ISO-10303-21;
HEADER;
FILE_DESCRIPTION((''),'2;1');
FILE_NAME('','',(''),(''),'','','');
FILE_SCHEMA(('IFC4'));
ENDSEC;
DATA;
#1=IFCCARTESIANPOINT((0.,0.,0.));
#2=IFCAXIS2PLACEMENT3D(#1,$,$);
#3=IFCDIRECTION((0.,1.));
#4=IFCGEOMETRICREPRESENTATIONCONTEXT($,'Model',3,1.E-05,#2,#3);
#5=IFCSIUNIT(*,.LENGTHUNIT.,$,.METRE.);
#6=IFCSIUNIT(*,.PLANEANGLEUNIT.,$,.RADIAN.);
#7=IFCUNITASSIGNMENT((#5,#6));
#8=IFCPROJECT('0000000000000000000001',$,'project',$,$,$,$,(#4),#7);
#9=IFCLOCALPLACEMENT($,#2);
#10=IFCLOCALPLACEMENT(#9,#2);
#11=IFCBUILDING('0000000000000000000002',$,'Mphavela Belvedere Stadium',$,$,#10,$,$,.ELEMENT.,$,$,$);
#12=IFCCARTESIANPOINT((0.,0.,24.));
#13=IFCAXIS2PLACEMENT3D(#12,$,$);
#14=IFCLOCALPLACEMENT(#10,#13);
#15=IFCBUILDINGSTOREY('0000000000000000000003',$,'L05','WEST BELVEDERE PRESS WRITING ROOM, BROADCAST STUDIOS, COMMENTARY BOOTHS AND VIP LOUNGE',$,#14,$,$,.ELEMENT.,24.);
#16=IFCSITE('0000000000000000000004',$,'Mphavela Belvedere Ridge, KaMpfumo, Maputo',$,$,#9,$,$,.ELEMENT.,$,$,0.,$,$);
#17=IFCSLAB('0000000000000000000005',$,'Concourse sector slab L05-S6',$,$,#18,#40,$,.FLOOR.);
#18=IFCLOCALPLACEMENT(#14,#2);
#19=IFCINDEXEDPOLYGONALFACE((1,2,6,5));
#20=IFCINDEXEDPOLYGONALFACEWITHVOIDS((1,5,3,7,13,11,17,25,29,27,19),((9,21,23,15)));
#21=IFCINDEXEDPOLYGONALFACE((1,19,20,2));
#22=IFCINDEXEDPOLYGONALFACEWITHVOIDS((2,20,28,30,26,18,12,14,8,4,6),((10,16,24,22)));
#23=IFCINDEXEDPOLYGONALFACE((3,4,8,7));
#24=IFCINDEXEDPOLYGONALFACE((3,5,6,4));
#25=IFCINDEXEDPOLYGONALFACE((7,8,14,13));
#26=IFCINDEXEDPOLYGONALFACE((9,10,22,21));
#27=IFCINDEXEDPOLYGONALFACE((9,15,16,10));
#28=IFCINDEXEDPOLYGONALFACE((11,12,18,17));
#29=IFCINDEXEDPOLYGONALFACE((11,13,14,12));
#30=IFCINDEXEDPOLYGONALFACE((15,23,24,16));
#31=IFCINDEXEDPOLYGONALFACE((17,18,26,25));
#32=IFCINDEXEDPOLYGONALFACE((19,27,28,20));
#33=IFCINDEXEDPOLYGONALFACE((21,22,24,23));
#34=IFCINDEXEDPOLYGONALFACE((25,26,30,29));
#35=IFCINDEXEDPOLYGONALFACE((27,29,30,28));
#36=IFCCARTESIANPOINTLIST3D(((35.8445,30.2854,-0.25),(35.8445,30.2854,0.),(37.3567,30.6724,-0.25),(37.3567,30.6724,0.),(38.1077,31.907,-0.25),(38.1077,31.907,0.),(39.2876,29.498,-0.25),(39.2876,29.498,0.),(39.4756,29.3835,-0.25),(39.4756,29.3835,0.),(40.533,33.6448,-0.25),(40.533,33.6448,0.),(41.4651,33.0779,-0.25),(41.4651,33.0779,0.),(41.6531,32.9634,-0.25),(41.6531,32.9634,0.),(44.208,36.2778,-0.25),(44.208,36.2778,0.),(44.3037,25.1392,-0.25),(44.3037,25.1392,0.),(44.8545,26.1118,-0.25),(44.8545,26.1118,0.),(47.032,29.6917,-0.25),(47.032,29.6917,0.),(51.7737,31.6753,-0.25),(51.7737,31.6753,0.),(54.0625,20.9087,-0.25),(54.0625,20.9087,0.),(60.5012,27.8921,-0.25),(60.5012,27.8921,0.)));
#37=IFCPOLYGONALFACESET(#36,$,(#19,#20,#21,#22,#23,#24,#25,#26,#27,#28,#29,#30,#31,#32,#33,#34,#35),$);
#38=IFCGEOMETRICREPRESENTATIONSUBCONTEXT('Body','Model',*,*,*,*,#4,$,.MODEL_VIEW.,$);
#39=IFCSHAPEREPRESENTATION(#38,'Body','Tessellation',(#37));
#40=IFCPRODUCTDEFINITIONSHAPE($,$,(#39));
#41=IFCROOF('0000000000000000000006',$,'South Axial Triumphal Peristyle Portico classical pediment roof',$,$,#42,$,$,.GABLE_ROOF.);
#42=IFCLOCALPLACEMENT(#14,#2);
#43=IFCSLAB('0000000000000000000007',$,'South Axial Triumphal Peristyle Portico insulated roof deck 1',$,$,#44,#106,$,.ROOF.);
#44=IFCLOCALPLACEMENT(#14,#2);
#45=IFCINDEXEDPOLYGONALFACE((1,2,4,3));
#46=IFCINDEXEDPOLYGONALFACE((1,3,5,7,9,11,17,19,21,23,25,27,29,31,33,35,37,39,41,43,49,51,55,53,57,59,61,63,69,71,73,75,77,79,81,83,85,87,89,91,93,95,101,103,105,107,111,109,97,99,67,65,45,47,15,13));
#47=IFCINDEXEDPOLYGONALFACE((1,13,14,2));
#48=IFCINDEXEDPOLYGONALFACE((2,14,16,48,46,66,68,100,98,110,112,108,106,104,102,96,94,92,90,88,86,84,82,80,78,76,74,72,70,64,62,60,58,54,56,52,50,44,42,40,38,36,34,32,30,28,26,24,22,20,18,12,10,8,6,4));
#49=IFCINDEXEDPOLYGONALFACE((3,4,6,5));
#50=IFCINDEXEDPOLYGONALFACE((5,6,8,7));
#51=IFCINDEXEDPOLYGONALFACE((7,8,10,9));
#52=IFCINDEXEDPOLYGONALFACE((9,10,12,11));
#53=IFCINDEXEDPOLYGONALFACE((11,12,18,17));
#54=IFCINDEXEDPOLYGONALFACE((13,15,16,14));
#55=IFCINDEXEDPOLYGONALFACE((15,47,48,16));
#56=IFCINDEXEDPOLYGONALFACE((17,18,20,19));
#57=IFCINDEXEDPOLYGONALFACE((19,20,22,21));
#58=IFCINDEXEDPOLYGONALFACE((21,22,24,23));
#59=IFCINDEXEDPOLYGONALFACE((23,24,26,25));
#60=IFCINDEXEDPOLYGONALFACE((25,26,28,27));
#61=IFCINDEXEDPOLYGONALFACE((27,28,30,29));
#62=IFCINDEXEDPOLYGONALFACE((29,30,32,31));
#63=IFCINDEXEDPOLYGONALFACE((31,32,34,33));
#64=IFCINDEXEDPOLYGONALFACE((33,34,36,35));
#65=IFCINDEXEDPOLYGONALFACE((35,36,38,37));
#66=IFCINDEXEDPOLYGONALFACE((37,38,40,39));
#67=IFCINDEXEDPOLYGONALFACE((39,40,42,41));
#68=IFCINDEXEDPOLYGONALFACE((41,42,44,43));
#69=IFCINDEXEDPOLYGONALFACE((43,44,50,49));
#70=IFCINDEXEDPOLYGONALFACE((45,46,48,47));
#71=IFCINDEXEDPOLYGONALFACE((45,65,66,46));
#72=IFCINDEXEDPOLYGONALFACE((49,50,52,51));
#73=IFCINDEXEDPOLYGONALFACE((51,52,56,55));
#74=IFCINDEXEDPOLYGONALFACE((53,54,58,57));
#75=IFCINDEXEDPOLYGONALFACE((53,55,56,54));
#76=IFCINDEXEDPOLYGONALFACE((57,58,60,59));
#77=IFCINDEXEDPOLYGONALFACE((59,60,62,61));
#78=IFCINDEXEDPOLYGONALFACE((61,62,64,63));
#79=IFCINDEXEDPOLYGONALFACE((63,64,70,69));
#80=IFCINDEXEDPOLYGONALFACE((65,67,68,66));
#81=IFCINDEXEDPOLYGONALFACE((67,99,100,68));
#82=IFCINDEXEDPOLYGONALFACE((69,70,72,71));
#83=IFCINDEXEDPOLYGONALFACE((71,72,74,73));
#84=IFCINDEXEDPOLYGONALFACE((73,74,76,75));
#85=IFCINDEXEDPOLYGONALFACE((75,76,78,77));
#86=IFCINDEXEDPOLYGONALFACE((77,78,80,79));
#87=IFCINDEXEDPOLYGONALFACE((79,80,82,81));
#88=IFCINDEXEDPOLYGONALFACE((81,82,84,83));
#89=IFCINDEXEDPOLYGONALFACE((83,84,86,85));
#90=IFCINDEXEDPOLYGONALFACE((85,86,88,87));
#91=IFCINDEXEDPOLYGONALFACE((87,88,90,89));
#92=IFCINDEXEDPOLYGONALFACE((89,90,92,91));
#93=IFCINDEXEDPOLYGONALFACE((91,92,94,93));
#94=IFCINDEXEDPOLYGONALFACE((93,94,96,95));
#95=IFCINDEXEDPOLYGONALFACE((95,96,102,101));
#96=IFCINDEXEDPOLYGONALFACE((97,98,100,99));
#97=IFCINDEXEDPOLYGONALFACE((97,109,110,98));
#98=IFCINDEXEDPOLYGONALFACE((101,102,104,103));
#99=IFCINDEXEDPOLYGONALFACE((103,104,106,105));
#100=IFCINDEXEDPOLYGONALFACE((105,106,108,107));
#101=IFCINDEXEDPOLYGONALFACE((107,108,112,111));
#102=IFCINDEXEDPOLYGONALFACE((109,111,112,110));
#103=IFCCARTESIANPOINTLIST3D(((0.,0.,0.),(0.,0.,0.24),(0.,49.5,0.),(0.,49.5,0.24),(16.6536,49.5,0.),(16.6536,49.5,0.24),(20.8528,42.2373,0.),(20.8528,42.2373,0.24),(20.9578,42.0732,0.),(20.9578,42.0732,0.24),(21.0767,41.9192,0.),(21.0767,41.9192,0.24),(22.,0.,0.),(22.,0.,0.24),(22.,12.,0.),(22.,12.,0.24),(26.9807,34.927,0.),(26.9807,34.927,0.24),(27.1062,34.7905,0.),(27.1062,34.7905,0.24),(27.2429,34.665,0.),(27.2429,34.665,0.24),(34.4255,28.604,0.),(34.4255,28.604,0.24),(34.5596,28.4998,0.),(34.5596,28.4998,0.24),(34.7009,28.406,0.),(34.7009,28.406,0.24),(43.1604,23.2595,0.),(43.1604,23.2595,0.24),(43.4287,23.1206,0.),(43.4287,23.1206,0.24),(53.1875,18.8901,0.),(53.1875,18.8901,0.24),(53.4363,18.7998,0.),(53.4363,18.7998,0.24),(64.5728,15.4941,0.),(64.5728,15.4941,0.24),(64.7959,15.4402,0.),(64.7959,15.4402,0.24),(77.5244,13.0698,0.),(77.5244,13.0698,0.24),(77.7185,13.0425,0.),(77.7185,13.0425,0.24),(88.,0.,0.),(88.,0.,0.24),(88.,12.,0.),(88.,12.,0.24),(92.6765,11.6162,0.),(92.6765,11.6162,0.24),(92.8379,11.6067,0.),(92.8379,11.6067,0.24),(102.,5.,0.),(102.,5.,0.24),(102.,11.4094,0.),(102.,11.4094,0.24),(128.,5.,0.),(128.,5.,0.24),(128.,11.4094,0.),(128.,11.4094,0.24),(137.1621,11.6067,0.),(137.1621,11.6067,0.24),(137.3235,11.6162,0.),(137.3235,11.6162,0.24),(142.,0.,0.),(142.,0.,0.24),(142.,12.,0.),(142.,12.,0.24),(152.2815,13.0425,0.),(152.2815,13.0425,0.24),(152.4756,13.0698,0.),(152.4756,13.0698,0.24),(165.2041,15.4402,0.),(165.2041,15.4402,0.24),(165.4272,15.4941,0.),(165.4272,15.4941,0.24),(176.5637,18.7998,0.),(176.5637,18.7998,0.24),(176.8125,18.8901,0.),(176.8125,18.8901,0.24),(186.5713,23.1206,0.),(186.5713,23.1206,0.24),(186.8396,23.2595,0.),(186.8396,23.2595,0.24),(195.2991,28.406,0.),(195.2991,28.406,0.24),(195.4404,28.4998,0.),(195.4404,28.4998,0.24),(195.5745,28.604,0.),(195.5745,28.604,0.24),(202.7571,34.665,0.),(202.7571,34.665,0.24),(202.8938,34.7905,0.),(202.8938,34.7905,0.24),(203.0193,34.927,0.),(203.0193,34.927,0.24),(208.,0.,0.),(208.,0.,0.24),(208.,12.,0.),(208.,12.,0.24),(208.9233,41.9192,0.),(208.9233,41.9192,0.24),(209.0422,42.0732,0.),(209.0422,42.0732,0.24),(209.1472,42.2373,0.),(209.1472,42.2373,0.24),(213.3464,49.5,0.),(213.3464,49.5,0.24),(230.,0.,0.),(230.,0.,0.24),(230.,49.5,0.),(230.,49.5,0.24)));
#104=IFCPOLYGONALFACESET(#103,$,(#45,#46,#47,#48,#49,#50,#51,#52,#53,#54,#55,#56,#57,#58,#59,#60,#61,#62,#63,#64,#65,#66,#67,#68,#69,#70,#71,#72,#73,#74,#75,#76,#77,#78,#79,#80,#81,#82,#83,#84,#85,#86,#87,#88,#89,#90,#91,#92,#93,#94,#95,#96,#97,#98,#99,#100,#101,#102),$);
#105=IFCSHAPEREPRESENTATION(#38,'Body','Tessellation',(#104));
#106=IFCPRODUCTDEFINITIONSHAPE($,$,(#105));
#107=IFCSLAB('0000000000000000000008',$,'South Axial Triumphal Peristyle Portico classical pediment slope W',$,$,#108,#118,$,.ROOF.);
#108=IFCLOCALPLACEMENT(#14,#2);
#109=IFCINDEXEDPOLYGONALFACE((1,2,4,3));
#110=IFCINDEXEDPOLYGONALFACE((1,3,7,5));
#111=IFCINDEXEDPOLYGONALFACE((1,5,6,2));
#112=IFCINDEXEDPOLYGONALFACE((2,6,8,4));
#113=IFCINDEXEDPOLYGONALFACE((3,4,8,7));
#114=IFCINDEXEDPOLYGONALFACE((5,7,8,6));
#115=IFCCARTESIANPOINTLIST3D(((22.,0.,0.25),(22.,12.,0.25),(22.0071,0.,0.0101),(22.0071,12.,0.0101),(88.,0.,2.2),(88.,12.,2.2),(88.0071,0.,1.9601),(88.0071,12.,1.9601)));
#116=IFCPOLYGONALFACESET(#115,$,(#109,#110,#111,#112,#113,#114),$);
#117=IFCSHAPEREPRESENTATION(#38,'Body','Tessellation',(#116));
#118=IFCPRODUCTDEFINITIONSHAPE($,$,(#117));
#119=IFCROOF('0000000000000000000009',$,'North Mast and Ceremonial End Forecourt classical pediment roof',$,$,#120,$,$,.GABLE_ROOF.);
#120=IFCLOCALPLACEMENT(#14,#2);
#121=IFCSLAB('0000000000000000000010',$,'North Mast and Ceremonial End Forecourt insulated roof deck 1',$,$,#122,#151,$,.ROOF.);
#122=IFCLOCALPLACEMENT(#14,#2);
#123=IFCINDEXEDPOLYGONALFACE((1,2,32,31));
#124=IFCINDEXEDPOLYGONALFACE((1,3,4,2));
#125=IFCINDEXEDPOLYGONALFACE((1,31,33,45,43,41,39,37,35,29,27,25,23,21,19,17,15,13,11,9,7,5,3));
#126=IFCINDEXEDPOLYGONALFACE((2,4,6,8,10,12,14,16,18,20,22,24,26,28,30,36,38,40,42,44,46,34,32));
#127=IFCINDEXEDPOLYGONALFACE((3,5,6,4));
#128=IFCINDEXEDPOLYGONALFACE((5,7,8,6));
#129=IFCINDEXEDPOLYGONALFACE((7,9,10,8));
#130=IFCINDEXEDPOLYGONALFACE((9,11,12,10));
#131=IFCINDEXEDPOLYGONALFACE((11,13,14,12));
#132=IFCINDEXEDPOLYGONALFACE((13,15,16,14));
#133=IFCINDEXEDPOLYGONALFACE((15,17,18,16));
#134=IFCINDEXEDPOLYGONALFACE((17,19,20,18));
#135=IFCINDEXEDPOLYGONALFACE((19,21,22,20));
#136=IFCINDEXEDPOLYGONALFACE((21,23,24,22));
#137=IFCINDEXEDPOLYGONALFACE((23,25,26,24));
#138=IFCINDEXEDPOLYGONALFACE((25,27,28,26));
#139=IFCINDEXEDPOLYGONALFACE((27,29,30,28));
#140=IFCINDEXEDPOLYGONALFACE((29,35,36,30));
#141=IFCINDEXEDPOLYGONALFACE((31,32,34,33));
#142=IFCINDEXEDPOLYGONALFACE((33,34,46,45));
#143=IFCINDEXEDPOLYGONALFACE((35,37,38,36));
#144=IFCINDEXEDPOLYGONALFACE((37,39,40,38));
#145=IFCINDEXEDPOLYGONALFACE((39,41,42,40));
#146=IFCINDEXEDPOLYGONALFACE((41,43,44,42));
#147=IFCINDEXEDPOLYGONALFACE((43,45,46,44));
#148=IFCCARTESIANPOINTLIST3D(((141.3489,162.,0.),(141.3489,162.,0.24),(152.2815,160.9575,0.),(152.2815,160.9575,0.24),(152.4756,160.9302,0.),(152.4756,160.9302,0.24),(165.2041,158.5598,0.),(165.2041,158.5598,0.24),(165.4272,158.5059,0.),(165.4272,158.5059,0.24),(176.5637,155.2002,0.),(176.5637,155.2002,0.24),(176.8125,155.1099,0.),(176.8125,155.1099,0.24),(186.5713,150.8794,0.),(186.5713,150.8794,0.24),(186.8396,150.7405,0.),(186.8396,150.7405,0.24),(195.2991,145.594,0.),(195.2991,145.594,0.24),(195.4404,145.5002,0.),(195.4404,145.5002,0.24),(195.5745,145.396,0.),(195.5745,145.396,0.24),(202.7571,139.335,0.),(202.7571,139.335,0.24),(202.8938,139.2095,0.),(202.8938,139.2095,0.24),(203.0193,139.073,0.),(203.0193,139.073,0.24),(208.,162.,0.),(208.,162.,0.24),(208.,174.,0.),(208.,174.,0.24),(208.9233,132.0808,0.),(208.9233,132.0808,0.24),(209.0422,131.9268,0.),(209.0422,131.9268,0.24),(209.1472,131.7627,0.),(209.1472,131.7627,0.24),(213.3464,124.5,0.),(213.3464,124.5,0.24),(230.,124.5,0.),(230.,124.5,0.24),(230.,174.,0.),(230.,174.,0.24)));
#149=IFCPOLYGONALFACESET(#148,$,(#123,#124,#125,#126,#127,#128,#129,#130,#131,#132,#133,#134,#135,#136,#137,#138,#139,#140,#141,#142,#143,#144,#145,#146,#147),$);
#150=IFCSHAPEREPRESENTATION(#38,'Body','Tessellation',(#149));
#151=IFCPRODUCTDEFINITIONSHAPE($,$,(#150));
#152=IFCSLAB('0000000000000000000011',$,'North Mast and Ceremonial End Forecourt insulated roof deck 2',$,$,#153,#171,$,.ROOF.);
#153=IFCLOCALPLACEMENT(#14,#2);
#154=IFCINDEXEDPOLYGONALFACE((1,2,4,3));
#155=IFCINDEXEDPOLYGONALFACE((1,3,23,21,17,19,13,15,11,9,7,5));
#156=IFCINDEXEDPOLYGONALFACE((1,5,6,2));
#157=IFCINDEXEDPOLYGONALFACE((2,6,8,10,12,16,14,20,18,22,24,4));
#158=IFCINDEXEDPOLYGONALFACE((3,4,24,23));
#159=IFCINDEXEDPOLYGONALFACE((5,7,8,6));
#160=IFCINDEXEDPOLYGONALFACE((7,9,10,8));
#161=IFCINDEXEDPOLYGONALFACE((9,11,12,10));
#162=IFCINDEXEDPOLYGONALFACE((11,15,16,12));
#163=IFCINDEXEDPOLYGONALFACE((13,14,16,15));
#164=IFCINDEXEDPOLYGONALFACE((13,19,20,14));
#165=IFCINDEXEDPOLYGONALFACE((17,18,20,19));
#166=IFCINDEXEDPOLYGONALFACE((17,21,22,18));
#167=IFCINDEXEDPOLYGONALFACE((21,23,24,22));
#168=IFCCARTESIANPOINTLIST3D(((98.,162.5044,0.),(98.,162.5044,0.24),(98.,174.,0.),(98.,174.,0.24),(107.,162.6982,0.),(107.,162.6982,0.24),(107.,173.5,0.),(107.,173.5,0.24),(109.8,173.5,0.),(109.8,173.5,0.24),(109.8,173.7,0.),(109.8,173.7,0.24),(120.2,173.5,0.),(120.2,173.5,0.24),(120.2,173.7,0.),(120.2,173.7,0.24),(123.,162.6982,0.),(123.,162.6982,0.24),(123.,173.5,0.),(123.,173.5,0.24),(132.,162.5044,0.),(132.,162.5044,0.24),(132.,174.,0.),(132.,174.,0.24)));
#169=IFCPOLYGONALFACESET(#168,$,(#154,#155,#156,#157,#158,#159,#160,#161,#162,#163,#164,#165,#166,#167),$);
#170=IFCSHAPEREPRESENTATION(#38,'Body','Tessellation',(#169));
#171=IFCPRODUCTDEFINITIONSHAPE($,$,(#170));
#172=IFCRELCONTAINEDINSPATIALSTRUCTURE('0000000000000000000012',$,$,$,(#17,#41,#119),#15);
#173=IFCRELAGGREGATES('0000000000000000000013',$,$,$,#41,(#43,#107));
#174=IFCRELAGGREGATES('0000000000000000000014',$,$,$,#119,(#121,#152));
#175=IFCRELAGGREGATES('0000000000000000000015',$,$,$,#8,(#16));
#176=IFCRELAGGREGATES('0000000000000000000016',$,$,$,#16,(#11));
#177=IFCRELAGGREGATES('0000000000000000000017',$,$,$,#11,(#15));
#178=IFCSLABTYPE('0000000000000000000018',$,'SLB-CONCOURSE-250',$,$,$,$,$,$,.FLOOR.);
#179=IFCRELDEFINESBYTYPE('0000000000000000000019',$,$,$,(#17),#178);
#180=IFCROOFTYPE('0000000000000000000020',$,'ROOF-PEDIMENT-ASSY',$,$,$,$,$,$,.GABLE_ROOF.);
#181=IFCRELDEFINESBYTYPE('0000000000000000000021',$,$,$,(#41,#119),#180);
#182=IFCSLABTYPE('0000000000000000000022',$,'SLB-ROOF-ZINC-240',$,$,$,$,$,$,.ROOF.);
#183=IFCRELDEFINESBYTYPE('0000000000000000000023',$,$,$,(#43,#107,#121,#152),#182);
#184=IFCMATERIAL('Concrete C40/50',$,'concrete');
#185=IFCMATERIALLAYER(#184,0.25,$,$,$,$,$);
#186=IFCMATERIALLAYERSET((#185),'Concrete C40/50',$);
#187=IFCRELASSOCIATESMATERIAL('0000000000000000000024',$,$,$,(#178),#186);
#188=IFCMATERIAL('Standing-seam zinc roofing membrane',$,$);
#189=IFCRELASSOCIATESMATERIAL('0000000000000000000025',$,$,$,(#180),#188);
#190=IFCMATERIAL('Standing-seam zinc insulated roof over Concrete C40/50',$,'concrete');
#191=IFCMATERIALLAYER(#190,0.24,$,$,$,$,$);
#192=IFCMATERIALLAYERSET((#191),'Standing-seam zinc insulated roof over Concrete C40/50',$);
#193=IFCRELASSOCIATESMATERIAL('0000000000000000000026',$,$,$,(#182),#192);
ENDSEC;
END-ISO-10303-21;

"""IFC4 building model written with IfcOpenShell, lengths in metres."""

from ifc_helpers import new_model, si_unit, direction, frame, origin, place, context, subcontext, project, spatial, polyline, outline, extrude, material, layer, layer_set, type_object, element, aggregate, save


model = new_model("IFC4")

# Units and contexts
model_context = context("Model", 3, precision=1e-05, world=origin(), true_north=direction((0.0, 1.0)))
body_context = subcontext(model_context, "Body", "Model", "MODEL_VIEW")
ifc_project = project(units=[si_unit("LENGTHUNIT", "METRE"), si_unit("PLANEANGLEUNIT", "RADIAN")], contexts=[model_context])

# Site, building, storey
site_placement = place(None, origin())
site = spatial("IfcSite", under=ifc_project, at=site_placement, Name="Mphavela Belvedere Ridge, KaMpfumo, Maputo", CompositionType="ELEMENT", RefElevation=0.0)
building_placement = place(site_placement, origin())
building = spatial("IfcBuilding", under=site, at=building_placement, Name="Mphavela Belvedere Stadium", CompositionType="ELEMENT")
storey_placement = place(building_placement, frame((0.0, 0.0, 24.0)))
storey = spatial("IfcBuildingStorey", under=building, at=storey_placement, Name="L05", Description="WEST BELVEDERE PRESS WRITING ROOM, BROADCAST STUDIOS, COMMENTARY BOOTHS AND VIP LOUNGE", CompositionType="ELEMENT", Elevation=24.0)

# Slab
ifc_material_1 = material(Name="Concrete C40/50", Category="concrete")
ifc_layer_1 = layer(ifc_material_1, 0.25)
ifc_layer_set_1 = layer_set([ifc_layer_1], Name="Concrete C40/50")
slab_type_1 = type_object("IfcSlabType", Name="SLB-CONCOURSE-250", PredefinedType="FLOOR", material=ifc_layer_set_1)
slab_1_placement = place(storey_placement, frame((0.0, 0.0, -0.25)))
element("IfcSlab", 1, at=slab_1_placement, inside=storey, type_object=slab_type_1, Name="Concourse sector slab L05-S6", PredefinedType="FLOOR", context=body_context, shape_type="SweptSolid", body=[
    extrude(outline(polyline([(54.0625, 20.9087), (44.3037, 25.1392), (35.8445, 30.2854), (38.1077, 31.907), (37.3567, 30.6724), (39.2876, 29.498), (41.4651, 33.0779), (40.533, 33.6448), (44.208, 36.2778), (51.7737, 31.6753), (60.5012, 27.8921), (54.0625, 20.9087)]), holes=[polyline([(39.4756, 29.3835), (44.8545, 26.1118), (47.032, 29.6917), (41.6531, 32.9634), (39.4756, 29.3835)])]), origin(), (0.0, 0.0, 1.0), 0.25),
])

# Roofs, slabs
ifc_material_2 = material(Name="Standing-seam zinc roofing membrane")
roof_type = type_object("IfcRoofType", Name="ROOF-PEDIMENT-ASSY", PredefinedType="GABLE_ROOF", material=ifc_material_2)
roof_1_placement = place(storey_placement, origin())
roof_1 = element("IfcRoof", 2, at=roof_1_placement, inside=storey, type_object=roof_type, Name="South Axial Triumphal Peristyle Portico classical pediment roof", PredefinedType="GABLE_ROOF")
ifc_material_3 = material(Name="Standing-seam zinc insulated roof over Concrete C40/50", Category="concrete")
ifc_layer_2 = layer(ifc_material_3, 0.24)
ifc_layer_set_2 = layer_set([ifc_layer_2], Name="Standing-seam zinc insulated roof over Concrete C40/50")
slab_type_2 = type_object("IfcSlabType", Name="SLB-ROOF-ZINC-240", PredefinedType="ROOF", material=ifc_layer_set_2)
slab_2_placement = place(storey_placement, origin())
slab_2 = element("IfcSlab", 3, at=slab_2_placement, type_object=slab_type_2, Name="South Axial Triumphal Peristyle Portico insulated roof deck 1", PredefinedType="ROOF", context=body_context, shape_type="SweptSolid", body=[
    extrude(outline(polyline([(0.0, 49.5), (16.6536, 49.5), (20.8528, 42.2373), (20.9578, 42.0732), (21.0767, 41.9192), (26.9807, 34.927), (27.1062, 34.7905), (27.2429, 34.665), (34.4255, 28.604), (34.5596, 28.4998), (34.7009, 28.406), (43.1604, 23.2595), (43.4287, 23.1206), (53.1875, 18.8901), (53.4363, 18.7998), (64.5728, 15.4941), (64.7959, 15.4402), (77.5244, 13.0698), (77.7185, 13.0425), (92.6765, 11.6162), (92.8379, 11.6067), (102.0, 11.4094), (102.0, 5.0), (128.0, 5.0), (128.0, 11.4094), (137.1621, 11.6067), (137.3235, 11.6162), (152.2815, 13.0425), (152.4756, 13.0698), (165.2041, 15.4402), (165.4272, 15.4941), (176.5637, 18.7998), (176.8125, 18.8901), (186.5713, 23.1206), (186.8396, 23.2595), (195.2991, 28.406), (195.4404, 28.4998), (195.5745, 28.604), (202.7571, 34.665), (202.8938, 34.7905), (203.0193, 34.927), (208.9233, 41.9192), (209.0422, 42.0732), (209.1472, 42.2373), (213.3464, 49.5), (230.0, 49.5), (230.0, 0.0), (208.0, 0.0), (208.0, 12.0), (142.0, 12.0), (142.0, 0.0), (88.0, 0.0), (88.0, 12.0), (22.0, 12.0), (22.0, 0.0), (0.0, 0.0), (0.0, 49.5)])), origin(), (0.0, 0.0, 1.0), 0.24),
])
slab_3_placement = place(storey_placement, frame((22.0, 0.0, 0.25), z_axis=(-0.029532, 0.0, 0.999564), x_axis=(0.999564, 0.0, 0.029532)))
slab_3 = element("IfcSlab", 4, at=slab_3_placement, type_object=slab_type_2, Name="South Axial Triumphal Peristyle Portico classical pediment slope W", PredefinedType="ROOF", context=body_context, shape_type="SweptSolid", body=[
    extrude(outline(polyline([(0.0, 0.0), (66.0288, 0.0), (66.0288, 12.0), (0.0, 12.0), (0.0, 0.0)])), origin(), (0.0, 0.0, -1.0), 0.24),
])
aggregate(roof_1, [slab_2, slab_3])
roof_2_placement = place(storey_placement, origin())
roof_2 = element("IfcRoof", 5, at=roof_2_placement, inside=storey, type_object=roof_type, Name="North Mast and Ceremonial End Forecourt classical pediment roof", PredefinedType="GABLE_ROOF")
slab_4_placement = place(storey_placement, origin())
slab_4 = element("IfcSlab", 6, at=slab_4_placement, type_object=slab_type_2, Name="North Mast and Ceremonial End Forecourt insulated roof deck 1", PredefinedType="ROOF", context=body_context, shape_type="SweptSolid", body=[
    extrude(outline(polyline([(230.0, 124.5), (213.3464, 124.5), (209.1472, 131.7627), (209.0422, 131.9268), (208.9233, 132.0808), (203.0193, 139.073), (202.8938, 139.2095), (202.7571, 139.335), (195.5745, 145.396), (195.4404, 145.5002), (195.2991, 145.594), (186.8396, 150.7405), (186.5713, 150.8794), (176.8125, 155.1099), (176.5637, 155.2002), (165.4272, 158.5059), (165.2041, 158.5598), (152.4756, 160.9302), (152.2815, 160.9575), (141.3489, 162.0), (208.0, 162.0), (208.0, 174.0), (230.0, 174.0), (230.0, 124.5)])), origin(), (0.0, 0.0, 1.0), 0.24),
])
slab_5_placement = place(storey_placement, origin())
slab_5 = element("IfcSlab", 7, at=slab_5_placement, type_object=slab_type_2, Name="North Mast and Ceremonial End Forecourt insulated roof deck 2", PredefinedType="ROOF", context=body_context, shape_type="SweptSolid", body=[
    extrude(outline(polyline([(123.0, 162.6982), (123.0, 173.5), (120.2, 173.5), (120.2, 173.7), (109.8, 173.7), (109.8, 173.5), (107.0, 173.5), (107.0, 162.6982), (98.0, 162.5044), (98.0, 174.0), (132.0, 174.0), (132.0, 162.5044), (123.0, 162.6982)])), origin(), (0.0, 0.0, 1.0), 0.24),
])
aggregate(roof_2, [slab_4, slab_5])

save(model, "model.ifc")
